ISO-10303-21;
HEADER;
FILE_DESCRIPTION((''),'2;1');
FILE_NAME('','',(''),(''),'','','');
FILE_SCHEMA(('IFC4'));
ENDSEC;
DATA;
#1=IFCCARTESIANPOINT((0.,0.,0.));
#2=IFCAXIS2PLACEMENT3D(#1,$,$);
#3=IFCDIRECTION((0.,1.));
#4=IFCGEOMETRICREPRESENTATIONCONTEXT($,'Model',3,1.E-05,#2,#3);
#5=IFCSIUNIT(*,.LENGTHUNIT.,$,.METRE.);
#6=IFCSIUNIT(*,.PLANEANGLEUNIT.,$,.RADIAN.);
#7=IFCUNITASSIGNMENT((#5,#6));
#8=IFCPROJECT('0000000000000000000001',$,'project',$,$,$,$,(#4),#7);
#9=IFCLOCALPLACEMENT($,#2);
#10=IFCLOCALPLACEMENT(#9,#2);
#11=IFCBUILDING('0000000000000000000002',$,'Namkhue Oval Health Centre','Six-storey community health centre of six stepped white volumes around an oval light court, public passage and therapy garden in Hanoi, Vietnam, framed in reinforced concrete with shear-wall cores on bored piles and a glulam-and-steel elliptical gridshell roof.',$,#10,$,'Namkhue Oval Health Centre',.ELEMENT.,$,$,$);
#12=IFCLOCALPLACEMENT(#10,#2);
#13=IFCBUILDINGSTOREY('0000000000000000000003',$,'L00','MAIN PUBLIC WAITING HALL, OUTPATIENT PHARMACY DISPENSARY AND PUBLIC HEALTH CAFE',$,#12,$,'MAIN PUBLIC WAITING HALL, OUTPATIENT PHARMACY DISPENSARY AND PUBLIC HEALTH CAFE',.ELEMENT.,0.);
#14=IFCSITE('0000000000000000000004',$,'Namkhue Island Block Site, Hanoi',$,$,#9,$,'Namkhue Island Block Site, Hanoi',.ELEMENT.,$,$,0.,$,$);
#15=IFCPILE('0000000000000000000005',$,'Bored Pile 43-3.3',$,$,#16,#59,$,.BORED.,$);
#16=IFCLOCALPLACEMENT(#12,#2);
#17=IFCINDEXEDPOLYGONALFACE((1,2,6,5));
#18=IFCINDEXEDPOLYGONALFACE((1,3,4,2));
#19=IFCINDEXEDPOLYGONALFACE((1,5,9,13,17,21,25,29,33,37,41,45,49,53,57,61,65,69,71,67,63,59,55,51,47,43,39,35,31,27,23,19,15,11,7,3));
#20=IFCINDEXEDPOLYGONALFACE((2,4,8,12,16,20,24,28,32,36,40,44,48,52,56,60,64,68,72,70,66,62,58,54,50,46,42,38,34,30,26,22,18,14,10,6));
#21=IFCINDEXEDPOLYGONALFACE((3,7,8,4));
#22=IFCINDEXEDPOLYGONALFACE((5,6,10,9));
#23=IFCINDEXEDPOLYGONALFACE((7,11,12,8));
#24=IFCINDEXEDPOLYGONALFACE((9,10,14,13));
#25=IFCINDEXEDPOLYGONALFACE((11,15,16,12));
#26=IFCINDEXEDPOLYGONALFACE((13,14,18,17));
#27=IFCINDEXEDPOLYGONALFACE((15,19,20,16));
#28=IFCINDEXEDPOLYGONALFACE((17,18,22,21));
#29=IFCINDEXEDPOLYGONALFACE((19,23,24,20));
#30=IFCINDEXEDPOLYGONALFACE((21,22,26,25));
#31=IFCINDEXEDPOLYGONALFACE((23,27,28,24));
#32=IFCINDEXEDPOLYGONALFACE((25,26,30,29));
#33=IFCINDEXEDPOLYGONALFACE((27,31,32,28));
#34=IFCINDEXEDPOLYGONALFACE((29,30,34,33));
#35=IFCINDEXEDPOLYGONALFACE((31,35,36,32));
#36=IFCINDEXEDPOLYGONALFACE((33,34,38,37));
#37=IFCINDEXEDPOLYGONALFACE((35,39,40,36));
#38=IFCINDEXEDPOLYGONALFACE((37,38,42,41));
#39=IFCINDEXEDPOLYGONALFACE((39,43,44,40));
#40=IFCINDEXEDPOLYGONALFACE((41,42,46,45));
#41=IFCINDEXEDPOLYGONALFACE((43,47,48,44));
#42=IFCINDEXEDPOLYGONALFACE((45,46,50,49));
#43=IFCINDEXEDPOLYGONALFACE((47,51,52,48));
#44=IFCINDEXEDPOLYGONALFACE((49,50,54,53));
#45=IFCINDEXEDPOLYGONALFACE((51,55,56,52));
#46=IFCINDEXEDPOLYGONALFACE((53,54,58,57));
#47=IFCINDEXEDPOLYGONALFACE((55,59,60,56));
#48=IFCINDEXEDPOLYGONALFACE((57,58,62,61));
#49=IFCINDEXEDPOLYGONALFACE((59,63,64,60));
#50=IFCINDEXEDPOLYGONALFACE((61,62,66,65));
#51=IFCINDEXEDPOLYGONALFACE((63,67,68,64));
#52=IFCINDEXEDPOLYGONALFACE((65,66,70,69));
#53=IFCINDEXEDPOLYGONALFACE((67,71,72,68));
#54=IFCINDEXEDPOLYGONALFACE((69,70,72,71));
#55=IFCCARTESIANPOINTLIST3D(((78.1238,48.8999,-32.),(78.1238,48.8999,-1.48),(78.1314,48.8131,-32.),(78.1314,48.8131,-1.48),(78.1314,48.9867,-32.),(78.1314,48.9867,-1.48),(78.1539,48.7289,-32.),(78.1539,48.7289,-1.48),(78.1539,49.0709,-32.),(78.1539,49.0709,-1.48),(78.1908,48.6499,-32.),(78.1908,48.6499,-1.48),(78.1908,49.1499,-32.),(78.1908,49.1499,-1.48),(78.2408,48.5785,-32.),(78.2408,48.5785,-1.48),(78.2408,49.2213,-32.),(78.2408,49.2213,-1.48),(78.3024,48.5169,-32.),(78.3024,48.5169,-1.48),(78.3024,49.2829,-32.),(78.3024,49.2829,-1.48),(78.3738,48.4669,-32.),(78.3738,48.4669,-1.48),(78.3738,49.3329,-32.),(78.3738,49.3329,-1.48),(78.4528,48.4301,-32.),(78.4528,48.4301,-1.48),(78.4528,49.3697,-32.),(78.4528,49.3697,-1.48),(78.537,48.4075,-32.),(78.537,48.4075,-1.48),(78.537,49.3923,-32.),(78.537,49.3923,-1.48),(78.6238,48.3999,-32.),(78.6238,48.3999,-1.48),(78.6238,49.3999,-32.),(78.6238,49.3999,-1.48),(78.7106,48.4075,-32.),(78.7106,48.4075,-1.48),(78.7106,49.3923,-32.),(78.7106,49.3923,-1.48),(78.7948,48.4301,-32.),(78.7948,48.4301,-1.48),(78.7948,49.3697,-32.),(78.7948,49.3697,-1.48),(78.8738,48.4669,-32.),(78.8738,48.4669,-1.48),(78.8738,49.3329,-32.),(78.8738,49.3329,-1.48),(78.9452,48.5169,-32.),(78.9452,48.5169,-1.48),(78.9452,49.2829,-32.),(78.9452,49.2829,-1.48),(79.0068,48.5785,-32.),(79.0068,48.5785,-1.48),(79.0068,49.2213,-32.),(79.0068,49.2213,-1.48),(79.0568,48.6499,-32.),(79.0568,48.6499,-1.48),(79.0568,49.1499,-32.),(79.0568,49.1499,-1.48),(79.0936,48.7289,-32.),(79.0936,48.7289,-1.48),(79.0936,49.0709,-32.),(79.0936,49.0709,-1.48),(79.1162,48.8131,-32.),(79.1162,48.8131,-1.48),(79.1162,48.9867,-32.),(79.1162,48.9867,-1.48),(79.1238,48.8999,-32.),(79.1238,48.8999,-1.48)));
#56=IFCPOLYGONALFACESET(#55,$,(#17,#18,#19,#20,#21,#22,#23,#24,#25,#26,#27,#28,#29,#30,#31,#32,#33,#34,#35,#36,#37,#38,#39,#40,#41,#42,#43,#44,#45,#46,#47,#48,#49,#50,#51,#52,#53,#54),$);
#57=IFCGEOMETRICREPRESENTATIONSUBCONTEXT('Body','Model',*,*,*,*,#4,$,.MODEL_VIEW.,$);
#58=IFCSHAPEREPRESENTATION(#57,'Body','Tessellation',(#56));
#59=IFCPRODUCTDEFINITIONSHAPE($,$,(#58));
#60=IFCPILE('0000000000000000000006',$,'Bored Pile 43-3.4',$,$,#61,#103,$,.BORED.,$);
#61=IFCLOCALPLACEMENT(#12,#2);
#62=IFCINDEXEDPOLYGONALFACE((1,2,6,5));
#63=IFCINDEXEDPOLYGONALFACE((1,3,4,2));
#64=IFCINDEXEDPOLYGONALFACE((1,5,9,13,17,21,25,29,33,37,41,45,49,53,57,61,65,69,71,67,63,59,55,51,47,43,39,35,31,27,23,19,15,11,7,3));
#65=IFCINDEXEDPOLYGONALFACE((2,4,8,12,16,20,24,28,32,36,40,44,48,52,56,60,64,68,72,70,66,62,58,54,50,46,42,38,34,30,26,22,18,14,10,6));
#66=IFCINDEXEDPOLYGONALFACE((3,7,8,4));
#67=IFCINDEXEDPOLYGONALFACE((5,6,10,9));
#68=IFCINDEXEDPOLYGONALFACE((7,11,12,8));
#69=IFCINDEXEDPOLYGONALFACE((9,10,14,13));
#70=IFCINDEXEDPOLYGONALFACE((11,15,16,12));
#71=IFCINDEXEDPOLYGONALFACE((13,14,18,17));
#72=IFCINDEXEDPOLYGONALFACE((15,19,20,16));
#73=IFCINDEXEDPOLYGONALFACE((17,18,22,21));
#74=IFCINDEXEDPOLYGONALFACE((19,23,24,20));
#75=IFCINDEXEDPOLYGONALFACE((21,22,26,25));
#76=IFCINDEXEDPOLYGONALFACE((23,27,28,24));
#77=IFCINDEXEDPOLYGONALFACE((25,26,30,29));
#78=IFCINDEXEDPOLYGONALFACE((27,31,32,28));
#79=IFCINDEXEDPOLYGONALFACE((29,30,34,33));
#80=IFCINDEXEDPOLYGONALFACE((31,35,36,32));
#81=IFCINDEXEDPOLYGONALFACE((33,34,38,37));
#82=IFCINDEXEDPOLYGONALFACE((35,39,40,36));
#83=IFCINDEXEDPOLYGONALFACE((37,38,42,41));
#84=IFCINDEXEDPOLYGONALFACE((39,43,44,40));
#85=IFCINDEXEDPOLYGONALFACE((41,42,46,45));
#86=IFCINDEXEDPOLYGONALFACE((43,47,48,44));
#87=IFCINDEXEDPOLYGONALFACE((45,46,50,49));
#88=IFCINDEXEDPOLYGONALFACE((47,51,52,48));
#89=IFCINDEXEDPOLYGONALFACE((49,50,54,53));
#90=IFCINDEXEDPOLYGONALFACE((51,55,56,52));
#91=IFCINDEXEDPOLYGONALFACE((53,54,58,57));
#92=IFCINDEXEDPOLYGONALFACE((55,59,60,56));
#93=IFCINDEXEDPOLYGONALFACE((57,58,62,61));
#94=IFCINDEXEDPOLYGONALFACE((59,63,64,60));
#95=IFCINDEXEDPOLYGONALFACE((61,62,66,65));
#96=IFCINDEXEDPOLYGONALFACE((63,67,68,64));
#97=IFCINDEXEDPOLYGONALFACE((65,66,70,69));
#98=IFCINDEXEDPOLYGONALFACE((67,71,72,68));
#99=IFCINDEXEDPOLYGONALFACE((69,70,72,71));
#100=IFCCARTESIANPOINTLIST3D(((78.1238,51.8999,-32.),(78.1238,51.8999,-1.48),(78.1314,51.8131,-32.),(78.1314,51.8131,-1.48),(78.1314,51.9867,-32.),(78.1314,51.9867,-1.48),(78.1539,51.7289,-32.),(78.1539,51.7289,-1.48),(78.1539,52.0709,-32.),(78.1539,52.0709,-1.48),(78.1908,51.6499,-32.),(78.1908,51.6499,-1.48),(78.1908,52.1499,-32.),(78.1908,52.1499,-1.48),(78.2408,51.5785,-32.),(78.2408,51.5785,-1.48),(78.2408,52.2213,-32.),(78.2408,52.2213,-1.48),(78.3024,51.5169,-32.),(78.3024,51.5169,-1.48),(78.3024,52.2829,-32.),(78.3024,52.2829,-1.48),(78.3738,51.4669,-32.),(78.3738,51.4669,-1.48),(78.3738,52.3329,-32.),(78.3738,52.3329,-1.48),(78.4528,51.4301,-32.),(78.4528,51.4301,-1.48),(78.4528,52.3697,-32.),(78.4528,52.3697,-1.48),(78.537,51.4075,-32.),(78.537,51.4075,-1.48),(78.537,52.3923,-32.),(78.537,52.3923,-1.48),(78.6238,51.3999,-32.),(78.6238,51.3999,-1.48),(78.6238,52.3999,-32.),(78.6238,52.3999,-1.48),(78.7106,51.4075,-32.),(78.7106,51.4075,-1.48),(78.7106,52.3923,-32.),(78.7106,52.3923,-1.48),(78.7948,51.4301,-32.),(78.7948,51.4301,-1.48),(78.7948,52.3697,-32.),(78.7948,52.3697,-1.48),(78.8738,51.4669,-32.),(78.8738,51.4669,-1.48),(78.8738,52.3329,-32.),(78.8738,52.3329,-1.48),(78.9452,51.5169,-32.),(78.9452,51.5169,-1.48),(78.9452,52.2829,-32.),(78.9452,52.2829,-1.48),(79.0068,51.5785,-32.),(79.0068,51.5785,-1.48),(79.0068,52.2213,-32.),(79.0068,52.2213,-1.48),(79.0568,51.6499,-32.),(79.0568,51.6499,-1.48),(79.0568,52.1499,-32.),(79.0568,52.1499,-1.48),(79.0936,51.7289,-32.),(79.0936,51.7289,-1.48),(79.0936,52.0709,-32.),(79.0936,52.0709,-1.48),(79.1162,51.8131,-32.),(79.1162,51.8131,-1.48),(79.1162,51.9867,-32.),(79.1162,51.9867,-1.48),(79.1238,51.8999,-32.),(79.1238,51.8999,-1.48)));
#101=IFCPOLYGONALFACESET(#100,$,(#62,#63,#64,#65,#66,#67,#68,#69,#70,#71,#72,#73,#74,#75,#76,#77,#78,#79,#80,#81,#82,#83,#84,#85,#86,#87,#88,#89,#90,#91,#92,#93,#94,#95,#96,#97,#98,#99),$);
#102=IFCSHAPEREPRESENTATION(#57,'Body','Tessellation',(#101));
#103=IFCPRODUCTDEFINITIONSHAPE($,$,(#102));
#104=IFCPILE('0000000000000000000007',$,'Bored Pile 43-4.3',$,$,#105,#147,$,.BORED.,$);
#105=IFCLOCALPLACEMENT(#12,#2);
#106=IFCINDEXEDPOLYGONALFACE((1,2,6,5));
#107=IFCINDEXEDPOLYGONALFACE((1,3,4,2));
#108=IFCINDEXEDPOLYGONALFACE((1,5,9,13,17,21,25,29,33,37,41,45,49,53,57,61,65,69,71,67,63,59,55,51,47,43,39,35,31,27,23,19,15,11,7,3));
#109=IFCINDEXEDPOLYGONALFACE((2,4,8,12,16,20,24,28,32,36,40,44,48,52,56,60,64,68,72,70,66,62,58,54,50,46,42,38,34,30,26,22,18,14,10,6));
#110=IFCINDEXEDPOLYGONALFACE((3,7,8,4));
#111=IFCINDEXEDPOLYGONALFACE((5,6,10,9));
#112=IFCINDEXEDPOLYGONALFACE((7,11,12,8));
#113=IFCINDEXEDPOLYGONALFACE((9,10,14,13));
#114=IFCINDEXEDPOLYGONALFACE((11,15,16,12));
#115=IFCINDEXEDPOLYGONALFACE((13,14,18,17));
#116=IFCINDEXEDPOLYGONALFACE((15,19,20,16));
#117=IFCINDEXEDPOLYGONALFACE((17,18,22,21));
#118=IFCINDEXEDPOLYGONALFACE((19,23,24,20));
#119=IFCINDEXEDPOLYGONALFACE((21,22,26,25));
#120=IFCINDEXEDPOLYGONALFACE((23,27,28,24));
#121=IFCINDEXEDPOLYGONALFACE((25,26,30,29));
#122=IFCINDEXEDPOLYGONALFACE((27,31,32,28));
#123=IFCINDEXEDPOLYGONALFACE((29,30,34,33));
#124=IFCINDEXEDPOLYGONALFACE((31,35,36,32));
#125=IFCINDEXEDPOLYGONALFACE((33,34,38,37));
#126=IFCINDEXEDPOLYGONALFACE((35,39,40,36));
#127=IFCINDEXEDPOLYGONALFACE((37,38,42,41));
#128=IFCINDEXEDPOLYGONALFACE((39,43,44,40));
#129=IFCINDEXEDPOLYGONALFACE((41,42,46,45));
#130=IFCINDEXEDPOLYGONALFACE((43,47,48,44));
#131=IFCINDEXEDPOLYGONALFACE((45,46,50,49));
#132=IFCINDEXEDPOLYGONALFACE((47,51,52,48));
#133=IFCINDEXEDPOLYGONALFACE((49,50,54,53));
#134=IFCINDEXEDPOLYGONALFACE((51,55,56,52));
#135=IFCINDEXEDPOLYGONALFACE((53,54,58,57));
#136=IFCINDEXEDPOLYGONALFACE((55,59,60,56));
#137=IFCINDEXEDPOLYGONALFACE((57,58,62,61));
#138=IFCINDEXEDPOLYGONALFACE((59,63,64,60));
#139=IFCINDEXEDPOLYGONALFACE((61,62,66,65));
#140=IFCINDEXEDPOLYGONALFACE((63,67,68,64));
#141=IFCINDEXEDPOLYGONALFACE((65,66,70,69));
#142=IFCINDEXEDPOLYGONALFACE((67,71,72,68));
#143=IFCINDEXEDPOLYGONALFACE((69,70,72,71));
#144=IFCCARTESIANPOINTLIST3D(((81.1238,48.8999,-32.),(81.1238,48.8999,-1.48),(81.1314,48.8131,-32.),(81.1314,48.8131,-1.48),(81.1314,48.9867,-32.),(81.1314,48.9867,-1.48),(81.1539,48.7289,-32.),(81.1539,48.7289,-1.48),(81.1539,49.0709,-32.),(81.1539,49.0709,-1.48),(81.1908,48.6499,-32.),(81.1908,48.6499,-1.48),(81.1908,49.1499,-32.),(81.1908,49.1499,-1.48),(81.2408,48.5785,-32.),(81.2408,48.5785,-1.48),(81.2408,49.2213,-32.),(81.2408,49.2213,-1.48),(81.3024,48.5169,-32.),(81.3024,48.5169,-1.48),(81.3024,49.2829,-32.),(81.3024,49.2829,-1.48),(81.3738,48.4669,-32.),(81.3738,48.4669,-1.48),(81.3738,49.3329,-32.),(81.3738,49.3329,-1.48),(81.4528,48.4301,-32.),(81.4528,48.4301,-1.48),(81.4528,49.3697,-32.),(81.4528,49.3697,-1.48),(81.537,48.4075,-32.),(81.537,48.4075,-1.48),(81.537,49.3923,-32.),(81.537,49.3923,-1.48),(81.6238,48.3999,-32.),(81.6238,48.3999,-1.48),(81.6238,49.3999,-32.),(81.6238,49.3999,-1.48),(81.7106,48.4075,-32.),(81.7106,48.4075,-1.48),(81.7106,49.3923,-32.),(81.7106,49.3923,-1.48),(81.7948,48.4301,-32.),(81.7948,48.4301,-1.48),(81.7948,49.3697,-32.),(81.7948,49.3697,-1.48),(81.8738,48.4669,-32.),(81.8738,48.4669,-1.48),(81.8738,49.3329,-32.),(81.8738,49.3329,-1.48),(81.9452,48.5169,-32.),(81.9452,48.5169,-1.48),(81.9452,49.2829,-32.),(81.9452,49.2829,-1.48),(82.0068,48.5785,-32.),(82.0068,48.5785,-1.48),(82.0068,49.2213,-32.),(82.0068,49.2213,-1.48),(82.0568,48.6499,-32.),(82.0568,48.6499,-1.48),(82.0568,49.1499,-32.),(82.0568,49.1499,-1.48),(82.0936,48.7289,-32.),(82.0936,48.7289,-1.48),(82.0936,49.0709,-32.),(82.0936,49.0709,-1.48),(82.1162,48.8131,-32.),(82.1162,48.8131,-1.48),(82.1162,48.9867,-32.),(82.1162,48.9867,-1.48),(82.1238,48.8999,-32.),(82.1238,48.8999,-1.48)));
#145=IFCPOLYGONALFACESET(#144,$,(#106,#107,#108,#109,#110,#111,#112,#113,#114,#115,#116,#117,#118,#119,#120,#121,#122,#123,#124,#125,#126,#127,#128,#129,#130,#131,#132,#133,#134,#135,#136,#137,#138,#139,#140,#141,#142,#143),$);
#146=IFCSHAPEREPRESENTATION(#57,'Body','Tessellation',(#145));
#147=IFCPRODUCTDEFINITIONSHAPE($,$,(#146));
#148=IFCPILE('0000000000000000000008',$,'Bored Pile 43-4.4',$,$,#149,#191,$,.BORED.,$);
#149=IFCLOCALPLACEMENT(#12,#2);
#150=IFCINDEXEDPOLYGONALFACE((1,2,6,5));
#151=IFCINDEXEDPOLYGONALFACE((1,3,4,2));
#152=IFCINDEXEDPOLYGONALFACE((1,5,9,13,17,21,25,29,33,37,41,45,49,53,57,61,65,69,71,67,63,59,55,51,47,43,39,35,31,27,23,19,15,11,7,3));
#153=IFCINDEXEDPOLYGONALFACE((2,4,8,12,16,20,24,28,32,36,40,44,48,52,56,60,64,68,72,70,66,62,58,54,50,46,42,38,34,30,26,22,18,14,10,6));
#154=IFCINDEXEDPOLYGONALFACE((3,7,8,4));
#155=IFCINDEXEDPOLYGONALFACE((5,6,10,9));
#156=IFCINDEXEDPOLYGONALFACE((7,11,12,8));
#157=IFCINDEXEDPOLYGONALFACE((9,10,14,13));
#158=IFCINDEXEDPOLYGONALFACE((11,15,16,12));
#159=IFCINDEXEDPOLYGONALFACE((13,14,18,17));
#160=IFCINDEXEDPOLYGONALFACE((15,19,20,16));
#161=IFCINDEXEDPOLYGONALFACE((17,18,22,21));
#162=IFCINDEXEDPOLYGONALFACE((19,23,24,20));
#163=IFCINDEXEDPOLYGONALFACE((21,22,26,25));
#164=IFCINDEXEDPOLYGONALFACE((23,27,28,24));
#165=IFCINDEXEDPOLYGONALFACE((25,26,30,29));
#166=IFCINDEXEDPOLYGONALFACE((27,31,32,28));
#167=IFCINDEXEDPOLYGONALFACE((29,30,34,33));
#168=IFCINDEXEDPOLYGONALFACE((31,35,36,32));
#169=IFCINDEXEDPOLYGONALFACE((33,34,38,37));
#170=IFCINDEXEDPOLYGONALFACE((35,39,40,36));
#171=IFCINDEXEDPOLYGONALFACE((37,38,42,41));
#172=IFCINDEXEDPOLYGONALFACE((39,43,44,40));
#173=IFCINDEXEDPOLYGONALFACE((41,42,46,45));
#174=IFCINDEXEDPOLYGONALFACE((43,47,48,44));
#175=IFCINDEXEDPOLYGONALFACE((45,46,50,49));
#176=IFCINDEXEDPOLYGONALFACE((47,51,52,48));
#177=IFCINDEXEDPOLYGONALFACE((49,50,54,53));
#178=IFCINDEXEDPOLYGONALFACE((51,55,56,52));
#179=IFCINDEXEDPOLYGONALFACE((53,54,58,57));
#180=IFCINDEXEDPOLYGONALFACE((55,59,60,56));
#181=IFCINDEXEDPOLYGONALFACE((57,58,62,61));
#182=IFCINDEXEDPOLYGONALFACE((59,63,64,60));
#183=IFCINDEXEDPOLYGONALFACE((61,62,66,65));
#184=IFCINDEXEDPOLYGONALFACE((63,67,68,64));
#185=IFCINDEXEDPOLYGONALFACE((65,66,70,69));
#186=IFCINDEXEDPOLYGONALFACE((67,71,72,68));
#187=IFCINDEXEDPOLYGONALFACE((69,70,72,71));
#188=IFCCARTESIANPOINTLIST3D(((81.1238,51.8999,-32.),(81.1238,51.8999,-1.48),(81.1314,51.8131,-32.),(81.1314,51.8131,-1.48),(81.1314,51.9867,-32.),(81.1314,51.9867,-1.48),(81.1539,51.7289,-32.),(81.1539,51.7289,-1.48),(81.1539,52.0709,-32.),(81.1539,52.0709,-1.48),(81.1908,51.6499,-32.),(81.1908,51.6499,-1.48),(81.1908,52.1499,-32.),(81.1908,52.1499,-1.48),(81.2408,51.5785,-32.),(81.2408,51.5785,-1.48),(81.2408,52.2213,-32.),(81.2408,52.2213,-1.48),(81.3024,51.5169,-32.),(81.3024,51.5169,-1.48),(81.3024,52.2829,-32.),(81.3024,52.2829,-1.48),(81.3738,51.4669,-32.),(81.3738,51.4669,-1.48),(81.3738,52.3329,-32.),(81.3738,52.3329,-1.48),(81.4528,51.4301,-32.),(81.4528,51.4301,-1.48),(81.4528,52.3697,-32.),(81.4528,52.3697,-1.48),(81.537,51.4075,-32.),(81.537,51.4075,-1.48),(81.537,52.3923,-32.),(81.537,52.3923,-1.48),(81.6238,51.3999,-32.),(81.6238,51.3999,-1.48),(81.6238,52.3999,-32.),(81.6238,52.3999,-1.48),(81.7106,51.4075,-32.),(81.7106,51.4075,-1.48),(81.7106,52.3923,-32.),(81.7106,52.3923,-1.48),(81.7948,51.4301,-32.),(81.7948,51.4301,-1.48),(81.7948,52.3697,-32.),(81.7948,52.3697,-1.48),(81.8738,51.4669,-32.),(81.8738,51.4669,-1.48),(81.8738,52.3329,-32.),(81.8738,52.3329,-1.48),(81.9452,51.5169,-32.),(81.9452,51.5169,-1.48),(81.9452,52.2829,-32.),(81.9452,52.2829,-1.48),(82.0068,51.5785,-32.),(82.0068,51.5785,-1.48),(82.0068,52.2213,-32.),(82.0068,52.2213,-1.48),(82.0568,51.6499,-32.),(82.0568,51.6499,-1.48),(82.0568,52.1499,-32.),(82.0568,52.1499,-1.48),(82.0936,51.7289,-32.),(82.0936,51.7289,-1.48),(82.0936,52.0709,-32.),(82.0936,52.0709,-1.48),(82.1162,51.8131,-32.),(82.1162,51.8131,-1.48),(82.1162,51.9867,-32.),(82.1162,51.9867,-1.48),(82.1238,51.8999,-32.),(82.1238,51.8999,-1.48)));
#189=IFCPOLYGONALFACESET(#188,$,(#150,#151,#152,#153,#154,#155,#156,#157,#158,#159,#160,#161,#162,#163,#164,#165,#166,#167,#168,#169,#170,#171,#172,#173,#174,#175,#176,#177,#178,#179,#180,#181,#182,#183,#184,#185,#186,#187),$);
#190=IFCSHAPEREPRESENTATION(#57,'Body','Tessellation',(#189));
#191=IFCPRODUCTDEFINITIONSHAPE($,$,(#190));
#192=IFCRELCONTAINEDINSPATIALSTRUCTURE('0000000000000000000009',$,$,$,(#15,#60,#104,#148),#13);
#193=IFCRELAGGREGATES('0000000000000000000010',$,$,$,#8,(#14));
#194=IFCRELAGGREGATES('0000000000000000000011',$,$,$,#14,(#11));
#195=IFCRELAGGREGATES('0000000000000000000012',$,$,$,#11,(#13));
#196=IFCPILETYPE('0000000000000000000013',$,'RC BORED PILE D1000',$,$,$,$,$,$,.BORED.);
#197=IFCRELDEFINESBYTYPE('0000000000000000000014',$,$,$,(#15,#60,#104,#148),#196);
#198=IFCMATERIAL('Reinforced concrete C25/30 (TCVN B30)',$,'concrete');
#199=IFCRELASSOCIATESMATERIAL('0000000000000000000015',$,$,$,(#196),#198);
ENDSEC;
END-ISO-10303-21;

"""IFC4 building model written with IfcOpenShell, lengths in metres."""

from ifc_helpers import new_model, si_unit, direction, frame, origin, origin_2d, place, context, subcontext, project, spatial, circle, extrude, material, material_profile, profile_set, type_object, element, save


model = new_model("IFC4")

# Units and contexts
model_context = context("Model", 3, precision=1e-05, world=origin(), true_north=direction((0.0, 1.0)))
body_context = subcontext(model_context, "Body", "Model", "MODEL_VIEW")
ifc_project = project(units=[si_unit("LENGTHUNIT", "METRE"), si_unit("PLANEANGLEUNIT", "RADIAN")], contexts=[model_context])

# Site, building, storey
site_placement = place(None, origin())
site = spatial("IfcSite", under=ifc_project, at=site_placement, Name="Namkhue Island Block Site, Hanoi", LongName="Namkhue Island Block Site, Hanoi", CompositionType="ELEMENT", RefElevation=0.0)
building_placement = place(site_placement, origin())
building = spatial("IfcBuilding", under=site, at=building_placement, Name="Namkhue Oval Health Centre", Description="Six-storey community health centre of six stepped white volumes around an oval light court, public passage and therapy garden in Hanoi, Vietnam, framed in reinforced concrete with shear-wall cores on bored piles and a glulam-and-steel elliptical gridshell roof.", LongName="Namkhue Oval Health Centre", CompositionType="ELEMENT")
storey_placement = place(building_placement, origin())
storey = spatial("IfcBuildingStorey", under=building, at=storey_placement, Name="L00", Description="MAIN PUBLIC WAITING HALL, OUTPATIENT PHARMACY DISPENSARY AND PUBLIC HEALTH CAFE", LongName="MAIN PUBLIC WAITING HALL, OUTPATIENT PHARMACY DISPENSARY AND PUBLIC HEALTH CAFE", CompositionType="ELEMENT", Elevation=0.0)

# Piles
ifc_material_1 = material(Name="Reinforced concrete C25/30 (TCVN B30)", Category="concrete")
ifc_material_profile_1 = material_profile(ifc_material_1, circle(Radius=0.5, at=origin_2d()), Name="BORED PILE D1000")
ifc_profile_set_1 = profile_set([ifc_material_profile_1], Name="Reinforced concrete C25/30 (TCVN B30)")
pile_type = type_object("IfcPileType", Name="RC BORED PILE D1000", PredefinedType="BORED", material=ifc_profile_set_1)
for number, where, z_axis, x_axis, name in (
    (1, (78.6238, 48.8999, -1.48), (0.0, 0.0, -1.0), (1.0, 0.0, 0.0), "Bored Pile 43-3.3"),
    (2, (78.6238, 51.8999, -1.48), (0.0, 0.0, -1.0), (1.0, 0.0, 0.0), "Bored Pile 43-3.4"),
    (3, (81.6238, 48.8999, -1.48), (0.0, 0.0, -1.0), (1.0, 0.0, 0.0), "Bored Pile 43-4.3"),
    (4, (81.6238, 51.8999, -1.48), (0.0, 0.0, -1.0), (1.0, 0.0, 0.0), "Bored Pile 43-4.4"),
):
    element("IfcPile", number, at=place(storey_placement, frame(where, z_axis=z_axis, x_axis=x_axis)), inside=storey, type_object=pile_type, Name=name, PredefinedType="BORED", context=body_context, shape_type="SweptSolid", body=[
        extrude(circle(Radius=0.5, at=origin_2d()), origin(), (0.0, 0.0, 1.0), 30.52),
    ])

save(model, "model.ifc")
